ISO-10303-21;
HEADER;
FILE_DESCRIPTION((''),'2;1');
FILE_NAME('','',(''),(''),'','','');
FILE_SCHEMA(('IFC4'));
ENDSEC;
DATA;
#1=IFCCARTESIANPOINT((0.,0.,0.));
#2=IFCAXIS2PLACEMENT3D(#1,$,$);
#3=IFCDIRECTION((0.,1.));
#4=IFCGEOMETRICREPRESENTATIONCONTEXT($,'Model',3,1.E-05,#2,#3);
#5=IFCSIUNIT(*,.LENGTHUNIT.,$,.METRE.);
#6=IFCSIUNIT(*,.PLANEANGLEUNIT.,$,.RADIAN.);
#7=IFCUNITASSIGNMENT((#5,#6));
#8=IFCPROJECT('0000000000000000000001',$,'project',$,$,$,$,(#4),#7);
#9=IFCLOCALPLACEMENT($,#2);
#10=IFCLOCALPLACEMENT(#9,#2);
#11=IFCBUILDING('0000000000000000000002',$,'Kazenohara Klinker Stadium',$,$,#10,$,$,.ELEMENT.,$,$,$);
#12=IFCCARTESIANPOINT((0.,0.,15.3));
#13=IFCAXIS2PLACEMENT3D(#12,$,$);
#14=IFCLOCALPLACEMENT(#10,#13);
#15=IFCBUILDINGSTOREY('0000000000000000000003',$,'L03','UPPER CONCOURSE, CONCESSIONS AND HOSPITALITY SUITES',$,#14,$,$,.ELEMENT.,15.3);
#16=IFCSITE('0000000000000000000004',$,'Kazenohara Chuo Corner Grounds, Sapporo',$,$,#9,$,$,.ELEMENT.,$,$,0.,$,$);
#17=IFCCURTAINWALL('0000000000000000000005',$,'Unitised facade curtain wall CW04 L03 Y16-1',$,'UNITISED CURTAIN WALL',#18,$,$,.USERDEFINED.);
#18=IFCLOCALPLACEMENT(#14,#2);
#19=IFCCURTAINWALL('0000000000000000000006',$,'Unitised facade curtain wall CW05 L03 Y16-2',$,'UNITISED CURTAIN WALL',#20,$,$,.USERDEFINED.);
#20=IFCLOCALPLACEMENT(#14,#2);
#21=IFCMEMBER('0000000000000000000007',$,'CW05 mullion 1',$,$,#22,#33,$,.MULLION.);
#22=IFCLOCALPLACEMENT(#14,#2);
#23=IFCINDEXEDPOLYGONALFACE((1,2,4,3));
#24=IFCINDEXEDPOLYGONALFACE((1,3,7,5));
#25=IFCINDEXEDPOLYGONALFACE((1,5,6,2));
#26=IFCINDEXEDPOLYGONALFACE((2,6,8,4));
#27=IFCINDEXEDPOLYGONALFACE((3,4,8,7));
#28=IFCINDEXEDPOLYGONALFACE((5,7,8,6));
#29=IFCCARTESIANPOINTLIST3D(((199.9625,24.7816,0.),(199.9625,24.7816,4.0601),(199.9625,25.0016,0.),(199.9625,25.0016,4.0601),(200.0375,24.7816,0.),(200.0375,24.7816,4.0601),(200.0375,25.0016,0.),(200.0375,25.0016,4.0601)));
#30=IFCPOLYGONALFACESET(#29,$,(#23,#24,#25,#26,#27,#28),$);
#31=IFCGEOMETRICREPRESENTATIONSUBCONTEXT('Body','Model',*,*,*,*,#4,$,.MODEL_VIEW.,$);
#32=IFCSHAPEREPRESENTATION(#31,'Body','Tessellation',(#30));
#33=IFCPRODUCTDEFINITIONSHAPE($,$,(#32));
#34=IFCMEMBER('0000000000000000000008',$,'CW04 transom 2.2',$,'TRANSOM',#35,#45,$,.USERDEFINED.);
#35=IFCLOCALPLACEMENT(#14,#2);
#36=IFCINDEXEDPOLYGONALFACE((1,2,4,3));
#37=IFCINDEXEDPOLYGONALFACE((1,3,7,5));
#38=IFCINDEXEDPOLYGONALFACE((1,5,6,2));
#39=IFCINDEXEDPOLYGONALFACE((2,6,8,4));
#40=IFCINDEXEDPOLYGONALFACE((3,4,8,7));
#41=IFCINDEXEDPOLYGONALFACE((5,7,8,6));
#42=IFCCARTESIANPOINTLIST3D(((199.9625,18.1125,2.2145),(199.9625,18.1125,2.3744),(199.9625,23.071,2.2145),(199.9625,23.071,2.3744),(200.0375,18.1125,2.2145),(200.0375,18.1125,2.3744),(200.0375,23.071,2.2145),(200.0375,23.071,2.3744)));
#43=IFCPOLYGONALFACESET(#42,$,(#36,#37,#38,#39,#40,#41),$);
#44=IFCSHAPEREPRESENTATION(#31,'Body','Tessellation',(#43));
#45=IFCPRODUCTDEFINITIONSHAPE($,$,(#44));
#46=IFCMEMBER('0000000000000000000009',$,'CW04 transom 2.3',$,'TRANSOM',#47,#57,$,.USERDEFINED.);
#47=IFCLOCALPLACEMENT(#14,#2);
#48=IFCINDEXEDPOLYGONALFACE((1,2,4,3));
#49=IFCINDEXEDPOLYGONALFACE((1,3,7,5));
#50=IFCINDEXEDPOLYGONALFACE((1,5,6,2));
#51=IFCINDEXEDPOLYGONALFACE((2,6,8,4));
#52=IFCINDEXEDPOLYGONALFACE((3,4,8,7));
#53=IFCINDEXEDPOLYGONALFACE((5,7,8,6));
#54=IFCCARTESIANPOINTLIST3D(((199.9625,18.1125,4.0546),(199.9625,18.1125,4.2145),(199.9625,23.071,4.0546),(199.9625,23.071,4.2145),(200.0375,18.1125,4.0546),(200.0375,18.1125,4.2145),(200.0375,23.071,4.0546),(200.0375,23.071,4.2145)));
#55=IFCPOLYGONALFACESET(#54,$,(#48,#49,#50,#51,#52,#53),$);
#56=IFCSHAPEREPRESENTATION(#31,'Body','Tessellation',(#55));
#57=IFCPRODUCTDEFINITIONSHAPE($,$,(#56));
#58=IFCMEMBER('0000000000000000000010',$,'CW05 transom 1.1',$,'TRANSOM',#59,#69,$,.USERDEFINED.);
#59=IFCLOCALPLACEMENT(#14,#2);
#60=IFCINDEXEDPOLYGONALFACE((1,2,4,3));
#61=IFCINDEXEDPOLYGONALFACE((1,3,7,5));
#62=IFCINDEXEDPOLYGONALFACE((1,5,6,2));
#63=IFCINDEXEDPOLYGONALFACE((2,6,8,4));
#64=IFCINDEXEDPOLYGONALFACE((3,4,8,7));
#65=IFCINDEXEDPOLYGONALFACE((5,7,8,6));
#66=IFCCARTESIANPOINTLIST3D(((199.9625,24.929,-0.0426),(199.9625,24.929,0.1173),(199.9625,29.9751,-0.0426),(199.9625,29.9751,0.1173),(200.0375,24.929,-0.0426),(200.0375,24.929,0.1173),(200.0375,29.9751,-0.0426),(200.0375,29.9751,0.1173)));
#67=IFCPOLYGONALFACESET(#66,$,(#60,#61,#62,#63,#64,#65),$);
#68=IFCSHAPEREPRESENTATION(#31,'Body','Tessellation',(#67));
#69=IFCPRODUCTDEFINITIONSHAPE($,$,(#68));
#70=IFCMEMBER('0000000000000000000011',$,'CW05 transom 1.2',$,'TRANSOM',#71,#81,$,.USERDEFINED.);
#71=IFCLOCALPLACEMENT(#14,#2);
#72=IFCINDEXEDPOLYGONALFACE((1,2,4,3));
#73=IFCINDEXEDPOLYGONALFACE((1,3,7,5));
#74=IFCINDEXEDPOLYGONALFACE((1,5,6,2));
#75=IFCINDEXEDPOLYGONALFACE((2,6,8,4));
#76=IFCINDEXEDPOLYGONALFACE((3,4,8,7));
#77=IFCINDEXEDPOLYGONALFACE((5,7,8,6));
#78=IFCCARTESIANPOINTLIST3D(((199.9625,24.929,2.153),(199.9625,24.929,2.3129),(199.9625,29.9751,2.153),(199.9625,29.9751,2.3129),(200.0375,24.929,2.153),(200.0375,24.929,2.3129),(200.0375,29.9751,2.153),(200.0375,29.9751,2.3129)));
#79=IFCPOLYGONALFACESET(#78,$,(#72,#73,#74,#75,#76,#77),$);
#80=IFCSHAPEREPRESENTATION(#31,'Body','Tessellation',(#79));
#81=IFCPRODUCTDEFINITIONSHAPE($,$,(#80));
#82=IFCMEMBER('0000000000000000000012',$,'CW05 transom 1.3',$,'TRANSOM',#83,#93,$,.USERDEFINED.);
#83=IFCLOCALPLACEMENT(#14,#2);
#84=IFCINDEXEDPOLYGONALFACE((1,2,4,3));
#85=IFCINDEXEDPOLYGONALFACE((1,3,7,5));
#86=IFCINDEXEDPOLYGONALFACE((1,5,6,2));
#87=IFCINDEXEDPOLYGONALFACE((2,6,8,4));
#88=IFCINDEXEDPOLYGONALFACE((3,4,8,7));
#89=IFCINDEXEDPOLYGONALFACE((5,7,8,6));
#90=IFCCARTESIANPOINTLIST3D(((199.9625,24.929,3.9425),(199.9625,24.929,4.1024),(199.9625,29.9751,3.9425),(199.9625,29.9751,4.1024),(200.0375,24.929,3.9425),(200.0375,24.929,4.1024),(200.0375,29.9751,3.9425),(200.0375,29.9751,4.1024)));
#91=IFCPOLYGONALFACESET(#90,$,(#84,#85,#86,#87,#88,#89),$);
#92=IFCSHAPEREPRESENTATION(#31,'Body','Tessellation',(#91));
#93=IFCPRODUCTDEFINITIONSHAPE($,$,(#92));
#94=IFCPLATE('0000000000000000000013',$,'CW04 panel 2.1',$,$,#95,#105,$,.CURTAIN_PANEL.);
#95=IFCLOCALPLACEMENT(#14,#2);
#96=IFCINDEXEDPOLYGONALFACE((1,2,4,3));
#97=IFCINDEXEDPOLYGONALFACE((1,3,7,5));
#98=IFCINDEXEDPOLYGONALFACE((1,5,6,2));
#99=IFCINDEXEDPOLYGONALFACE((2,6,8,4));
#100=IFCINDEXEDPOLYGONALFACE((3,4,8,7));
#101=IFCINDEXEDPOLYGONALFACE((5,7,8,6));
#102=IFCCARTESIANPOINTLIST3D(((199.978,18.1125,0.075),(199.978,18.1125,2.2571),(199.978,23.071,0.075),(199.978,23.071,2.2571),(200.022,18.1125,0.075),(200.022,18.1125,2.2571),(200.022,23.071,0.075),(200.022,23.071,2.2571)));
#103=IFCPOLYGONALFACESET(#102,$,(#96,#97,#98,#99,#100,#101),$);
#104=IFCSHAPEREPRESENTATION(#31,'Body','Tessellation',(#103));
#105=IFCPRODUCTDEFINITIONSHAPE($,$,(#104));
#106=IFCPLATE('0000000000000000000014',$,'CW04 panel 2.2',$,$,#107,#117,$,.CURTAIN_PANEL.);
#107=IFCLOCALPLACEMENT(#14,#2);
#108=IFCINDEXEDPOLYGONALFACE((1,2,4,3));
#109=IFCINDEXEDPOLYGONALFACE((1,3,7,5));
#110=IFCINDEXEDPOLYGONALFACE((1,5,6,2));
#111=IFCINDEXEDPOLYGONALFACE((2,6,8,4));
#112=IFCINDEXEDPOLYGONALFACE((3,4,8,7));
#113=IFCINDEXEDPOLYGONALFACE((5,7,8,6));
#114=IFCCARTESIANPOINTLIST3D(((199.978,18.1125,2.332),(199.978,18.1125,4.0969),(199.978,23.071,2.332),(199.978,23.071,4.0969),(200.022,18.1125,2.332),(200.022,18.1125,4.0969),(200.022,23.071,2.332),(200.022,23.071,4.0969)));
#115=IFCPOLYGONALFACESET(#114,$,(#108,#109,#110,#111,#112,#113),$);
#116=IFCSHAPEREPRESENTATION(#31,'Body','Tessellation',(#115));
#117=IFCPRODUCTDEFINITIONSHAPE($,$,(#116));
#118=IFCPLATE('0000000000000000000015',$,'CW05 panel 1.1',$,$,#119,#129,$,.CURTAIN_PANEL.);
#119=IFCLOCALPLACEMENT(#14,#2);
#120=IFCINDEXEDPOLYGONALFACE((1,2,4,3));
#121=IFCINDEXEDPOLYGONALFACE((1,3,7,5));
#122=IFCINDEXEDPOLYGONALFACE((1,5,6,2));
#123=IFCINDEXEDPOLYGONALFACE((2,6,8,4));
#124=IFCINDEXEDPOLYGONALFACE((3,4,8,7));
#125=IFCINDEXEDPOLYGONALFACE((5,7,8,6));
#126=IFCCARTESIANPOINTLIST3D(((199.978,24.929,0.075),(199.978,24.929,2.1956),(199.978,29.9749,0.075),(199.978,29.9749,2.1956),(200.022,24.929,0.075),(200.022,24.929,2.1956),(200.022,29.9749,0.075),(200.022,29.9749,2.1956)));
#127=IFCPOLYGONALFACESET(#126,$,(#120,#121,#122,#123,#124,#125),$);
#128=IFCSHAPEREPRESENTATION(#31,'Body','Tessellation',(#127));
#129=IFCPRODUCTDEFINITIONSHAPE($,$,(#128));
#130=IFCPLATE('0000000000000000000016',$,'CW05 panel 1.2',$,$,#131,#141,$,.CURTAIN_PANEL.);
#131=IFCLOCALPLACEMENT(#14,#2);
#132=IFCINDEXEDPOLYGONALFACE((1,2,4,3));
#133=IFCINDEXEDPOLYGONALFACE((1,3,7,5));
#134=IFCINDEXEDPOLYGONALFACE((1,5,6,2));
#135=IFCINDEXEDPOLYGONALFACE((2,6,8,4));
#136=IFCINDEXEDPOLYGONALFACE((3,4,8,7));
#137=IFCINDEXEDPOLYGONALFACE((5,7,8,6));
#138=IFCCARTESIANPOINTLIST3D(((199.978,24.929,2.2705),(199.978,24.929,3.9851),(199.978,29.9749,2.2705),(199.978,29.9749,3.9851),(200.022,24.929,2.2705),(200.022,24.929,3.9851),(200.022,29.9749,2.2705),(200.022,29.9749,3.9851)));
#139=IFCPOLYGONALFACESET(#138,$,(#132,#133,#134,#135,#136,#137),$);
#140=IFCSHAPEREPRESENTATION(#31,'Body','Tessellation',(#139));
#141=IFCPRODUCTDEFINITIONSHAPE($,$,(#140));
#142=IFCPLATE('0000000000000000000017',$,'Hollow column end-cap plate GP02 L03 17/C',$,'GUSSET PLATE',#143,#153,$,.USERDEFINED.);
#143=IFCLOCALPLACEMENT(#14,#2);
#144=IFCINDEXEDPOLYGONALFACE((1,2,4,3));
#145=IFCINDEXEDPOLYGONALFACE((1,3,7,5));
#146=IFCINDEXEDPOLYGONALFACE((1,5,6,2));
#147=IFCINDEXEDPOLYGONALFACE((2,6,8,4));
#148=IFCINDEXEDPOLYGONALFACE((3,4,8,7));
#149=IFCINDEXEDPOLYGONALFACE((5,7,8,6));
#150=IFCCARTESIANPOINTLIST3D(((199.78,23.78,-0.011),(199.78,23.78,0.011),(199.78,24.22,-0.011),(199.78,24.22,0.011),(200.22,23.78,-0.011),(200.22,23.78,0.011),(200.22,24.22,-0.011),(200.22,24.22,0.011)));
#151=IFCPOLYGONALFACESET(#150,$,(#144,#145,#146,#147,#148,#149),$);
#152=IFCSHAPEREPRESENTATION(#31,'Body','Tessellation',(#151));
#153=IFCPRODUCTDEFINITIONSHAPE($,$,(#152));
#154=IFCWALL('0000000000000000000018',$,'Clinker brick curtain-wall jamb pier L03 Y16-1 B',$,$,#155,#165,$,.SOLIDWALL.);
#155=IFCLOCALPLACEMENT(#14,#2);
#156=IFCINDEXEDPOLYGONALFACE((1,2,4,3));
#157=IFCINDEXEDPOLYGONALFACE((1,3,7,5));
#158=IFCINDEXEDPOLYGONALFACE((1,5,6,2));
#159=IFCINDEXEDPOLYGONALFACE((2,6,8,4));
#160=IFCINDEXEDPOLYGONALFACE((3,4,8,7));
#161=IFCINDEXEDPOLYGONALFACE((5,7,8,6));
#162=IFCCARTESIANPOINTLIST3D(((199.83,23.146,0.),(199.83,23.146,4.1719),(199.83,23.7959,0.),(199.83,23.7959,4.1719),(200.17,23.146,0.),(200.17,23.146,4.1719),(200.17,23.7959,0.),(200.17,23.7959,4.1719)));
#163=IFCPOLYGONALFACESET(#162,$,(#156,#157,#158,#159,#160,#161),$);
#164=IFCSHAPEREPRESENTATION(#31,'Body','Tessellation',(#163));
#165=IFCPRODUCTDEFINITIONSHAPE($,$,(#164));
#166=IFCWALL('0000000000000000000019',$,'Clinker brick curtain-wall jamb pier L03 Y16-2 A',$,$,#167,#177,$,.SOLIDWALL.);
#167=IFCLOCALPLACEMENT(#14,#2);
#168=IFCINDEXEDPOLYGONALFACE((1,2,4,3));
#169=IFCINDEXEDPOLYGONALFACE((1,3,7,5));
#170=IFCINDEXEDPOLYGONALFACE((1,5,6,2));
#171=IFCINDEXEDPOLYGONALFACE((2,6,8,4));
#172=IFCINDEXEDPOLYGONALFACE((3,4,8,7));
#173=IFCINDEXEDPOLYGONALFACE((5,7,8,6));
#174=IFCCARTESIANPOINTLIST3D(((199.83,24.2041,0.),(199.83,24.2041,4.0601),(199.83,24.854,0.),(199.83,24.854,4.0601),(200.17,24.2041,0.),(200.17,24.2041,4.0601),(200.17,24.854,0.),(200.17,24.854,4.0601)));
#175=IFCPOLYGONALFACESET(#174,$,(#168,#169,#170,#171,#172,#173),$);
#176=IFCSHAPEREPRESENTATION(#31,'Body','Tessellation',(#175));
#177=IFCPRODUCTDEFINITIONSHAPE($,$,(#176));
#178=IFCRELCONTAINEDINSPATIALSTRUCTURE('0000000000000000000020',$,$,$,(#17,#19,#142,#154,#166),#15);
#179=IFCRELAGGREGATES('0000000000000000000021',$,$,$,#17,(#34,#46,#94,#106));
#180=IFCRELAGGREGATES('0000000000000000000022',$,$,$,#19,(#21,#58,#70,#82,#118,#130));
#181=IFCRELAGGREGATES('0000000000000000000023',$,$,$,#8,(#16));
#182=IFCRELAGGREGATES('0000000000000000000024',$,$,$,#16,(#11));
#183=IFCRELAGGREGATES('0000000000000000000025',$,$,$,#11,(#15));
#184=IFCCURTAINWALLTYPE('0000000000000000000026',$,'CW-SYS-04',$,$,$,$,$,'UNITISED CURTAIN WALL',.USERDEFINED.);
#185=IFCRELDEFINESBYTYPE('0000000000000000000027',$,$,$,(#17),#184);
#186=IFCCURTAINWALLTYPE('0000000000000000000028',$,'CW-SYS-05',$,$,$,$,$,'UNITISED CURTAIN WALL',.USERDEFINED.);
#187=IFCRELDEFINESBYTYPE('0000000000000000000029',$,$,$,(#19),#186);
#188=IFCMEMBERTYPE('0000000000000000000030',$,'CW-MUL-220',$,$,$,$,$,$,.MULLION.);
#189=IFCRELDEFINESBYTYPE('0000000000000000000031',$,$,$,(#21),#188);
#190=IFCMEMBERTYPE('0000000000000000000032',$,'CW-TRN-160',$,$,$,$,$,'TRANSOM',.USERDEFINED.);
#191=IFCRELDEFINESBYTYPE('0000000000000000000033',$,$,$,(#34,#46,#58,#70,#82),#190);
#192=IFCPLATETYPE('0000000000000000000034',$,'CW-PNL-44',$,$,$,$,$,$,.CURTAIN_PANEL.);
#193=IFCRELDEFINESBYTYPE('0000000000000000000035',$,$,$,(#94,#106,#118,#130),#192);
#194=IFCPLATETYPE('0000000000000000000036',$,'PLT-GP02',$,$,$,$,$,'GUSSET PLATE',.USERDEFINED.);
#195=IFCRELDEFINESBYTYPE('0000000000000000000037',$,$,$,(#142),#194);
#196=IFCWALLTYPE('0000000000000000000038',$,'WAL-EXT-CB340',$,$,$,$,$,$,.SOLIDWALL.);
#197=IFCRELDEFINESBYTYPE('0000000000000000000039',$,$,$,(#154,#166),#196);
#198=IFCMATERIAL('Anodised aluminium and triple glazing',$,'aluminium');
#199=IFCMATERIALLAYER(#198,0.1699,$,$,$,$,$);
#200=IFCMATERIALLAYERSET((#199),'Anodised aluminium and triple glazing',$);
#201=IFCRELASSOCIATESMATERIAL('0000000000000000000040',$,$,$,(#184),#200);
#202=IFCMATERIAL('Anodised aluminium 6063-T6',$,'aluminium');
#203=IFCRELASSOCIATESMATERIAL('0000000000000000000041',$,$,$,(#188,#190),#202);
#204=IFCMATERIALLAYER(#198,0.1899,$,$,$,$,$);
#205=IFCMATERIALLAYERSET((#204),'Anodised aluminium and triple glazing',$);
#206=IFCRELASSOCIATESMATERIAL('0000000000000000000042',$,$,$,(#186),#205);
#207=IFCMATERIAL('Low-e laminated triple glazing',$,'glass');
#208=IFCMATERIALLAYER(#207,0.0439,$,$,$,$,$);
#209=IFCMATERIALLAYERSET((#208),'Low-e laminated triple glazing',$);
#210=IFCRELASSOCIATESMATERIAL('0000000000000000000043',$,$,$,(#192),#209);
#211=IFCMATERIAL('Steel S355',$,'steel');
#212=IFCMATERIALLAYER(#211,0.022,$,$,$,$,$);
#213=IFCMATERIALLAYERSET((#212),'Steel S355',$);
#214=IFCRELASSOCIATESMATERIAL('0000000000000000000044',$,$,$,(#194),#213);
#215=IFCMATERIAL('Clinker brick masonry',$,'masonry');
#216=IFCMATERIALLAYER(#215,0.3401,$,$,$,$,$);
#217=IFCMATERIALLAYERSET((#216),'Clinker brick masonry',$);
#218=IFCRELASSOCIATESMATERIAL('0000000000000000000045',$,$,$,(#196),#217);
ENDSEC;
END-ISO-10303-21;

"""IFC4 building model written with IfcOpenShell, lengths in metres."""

from ifc_helpers import new_model, si_unit, direction, frame, frame_2d, origin, origin_2d, place, context, subcontext, project, spatial, rectangle, extrude, material, layer, layer_set, material_profile, profile_set, type_object, element, aggregate, save


model = new_model("IFC4")

# Units and contexts
model_context = context("Model", 3, precision=1e-05, world=origin(), true_north=direction((0.0, 1.0)))
body_context = subcontext(model_context, "Body", "Model", "MODEL_VIEW")
ifc_project = project(units=[si_unit("LENGTHUNIT", "METRE"), si_unit("PLANEANGLEUNIT", "RADIAN")], contexts=[model_context])

# Site, building, storey
site_placement = place(None, origin())
site = spatial("IfcSite", under=ifc_project, at=site_placement, Name="Kazenohara Chuo Corner Grounds, Sapporo", CompositionType="ELEMENT", RefElevation=0.0)
building_placement = place(site_placement, origin())
building = spatial("IfcBuilding", under=site, at=building_placement, Name="Kazenohara Klinker Stadium", CompositionType="ELEMENT")
storey_placement = place(building_placement, frame((0.0, 0.0, 15.3)))
storey = spatial("IfcBuildingStorey", under=building, at=storey_placement, Name="L03", Description="UPPER CONCOURSE, CONCESSIONS AND HOSPITALITY SUITES", CompositionType="ELEMENT", Elevation=15.3)

# Shared definitions
ifc_material_1 = material(Name="Steel S355", Category="steel")

# Curtain walls, member
ifc_material_2 = material(Name="Anodised aluminium and triple glazing", Category="aluminium")
ifc_layer_1 = layer(ifc_material_2, 0.1699)
ifc_layer_set_1 = layer_set([ifc_layer_1], Name="Anodised aluminium and triple glazing")
curtain_wall_type_1 = type_object("IfcCurtainWallType", Name="CW-SYS-04", ElementType="UNITISED CURTAIN WALL", PredefinedType="USERDEFINED", material=ifc_layer_set_1)
curtain_wall_1_placement = place(storey_placement, origin())
curtain_wall_1 = element("IfcCurtainWall", 1, at=curtain_wall_1_placement, inside=storey, type_object=curtain_wall_type_1, Name="Unitised facade curtain wall CW04 L03 Y16-1", ObjectType="UNITISED CURTAIN WALL", PredefinedType="USERDEFINED")
ifc_material_3 = material(Name="Anodised aluminium 6063-T6", Category="aluminium")
ifc_material_profile_1 = material_profile(ifc_material_3, rectangle(XDim=0.075, YDim=0.22, at=origin_2d()), Name="ALU-MUL-75x220")
ifc_profile_set_1 = profile_set([ifc_material_profile_1], Name="Anodised aluminium 6063-T6")
member_type_1 = type_object("IfcMemberType", Name="CW-MUL-220", PredefinedType="MULLION", material=ifc_profile_set_1)
ifc_layer_2 = layer(ifc_material_2, 0.1899)
ifc_layer_set_2 = layer_set([ifc_layer_2], Name="Anodised aluminium and triple glazing")
curtain_wall_type_2 = type_object("IfcCurtainWallType", Name="CW-SYS-05", ElementType="UNITISED CURTAIN WALL", PredefinedType="USERDEFINED", material=ifc_layer_set_2)
curtain_wall_2_placement = place(storey_placement, origin())
curtain_wall_2 = element("IfcCurtainWall", 2, at=curtain_wall_2_placement, inside=storey, type_object=curtain_wall_type_2, Name="Unitised facade curtain wall CW05 L03 Y16-2", ObjectType="UNITISED CURTAIN WALL", PredefinedType="USERDEFINED")
member_1_placement = place(storey_placement, frame((200.0, 24.8916, 0.0), z_axis=(0.0, 0.0, 1.0), x_axis=(-1.0, 0.0, 0.0)))
member_1 = element("IfcMember", 3, at=member_1_placement, type_object=member_type_1, Name="CW05 mullion 1", PredefinedType="MULLION", context=body_context, shape_type="SweptSolid", body=[
    extrude(rectangle(XDim=0.075, YDim=0.22, at=origin_2d()), origin(), (0.0, 0.0, 1.0), 4.0601),
])

# Members
ifc_material_profile_2 = material_profile(ifc_material_3, rectangle(XDim=0.075, YDim=0.1599, at=origin_2d()), Name="ALU-TRN-75x160")
ifc_profile_set_2 = profile_set([ifc_material_profile_2], Name="Anodised aluminium 6063-T6")
member_type_2 = type_object("IfcMemberType", Name="CW-TRN-160", ElementType="TRANSOM", PredefinedType="USERDEFINED", material=ifc_profile_set_2)
member_2_placement = place(storey_placement, frame((200.0, 18.1125, 2.2944), z_axis=(0.0, 1.0, 0.0), x_axis=(-1.0, 0.0, 0.0)))
member_2 = element("IfcMember", 4, at=member_2_placement, type_object=member_type_2, Name="CW04 transom 2.2", ObjectType="TRANSOM", PredefinedType="USERDEFINED", context=body_context, shape_type="SweptSolid", body=[
    extrude(rectangle(XDim=0.075, YDim=0.1599, at=origin_2d()), origin(), (0.0, 0.0, 1.0), 4.9585),
])
member_3_placement = place(storey_placement, frame((200.0, 18.1125, 4.1345), z_axis=(0.0, 1.0, 0.0), x_axis=(-1.0, 0.0, 0.0)))
member_3 = element("IfcMember", 5, at=member_3_placement, type_object=member_type_2, Name="CW04 transom 2.3", ObjectType="TRANSOM", PredefinedType="USERDEFINED", context=body_context, shape_type="SweptSolid", body=[
    extrude(rectangle(XDim=0.075, YDim=0.1599, at=origin_2d()), origin(), (0.0, 0.0, 1.0), 4.9585),
])
member_4_placement = place(storey_placement, frame((200.0, 24.929, 0.0374), z_axis=(0.0, 1.0, 0.0), x_axis=(-1.0, 0.0, 0.0)))
member_4 = element("IfcMember", 6, at=member_4_placement, type_object=member_type_2, Name="CW05 transom 1.1", ObjectType="TRANSOM", PredefinedType="USERDEFINED", context=body_context, shape_type="SweptSolid", body=[
    extrude(rectangle(XDim=0.075, YDim=0.1599, at=origin_2d()), origin(), (0.0, 0.0, 1.0), 5.0461),
])
member_5_placement = place(storey_placement, frame((200.0, 24.929, 2.2329), z_axis=(0.0, 1.0, 0.0), x_axis=(-1.0, 0.0, 0.0)))
member_5 = element("IfcMember", 7, at=member_5_placement, type_object=member_type_2, Name="CW05 transom 1.2", ObjectType="TRANSOM", PredefinedType="USERDEFINED", context=body_context, shape_type="SweptSolid", body=[
    extrude(rectangle(XDim=0.075, YDim=0.1599, at=origin_2d()), origin(), (0.0, 0.0, 1.0), 5.0461),
])
member_6_placement = place(storey_placement, frame((200.0, 24.929, 4.0225), z_axis=(0.0, 1.0, 0.0), x_axis=(-1.0, 0.0, 0.0)))
member_6 = element("IfcMember", 8, at=member_6_placement, type_object=member_type_2, Name="CW05 transom 1.3", ObjectType="TRANSOM", PredefinedType="USERDEFINED", context=body_context, shape_type="SweptSolid", body=[
    extrude(rectangle(XDim=0.075, YDim=0.1599, at=origin_2d()), origin(), (0.0, 0.0, 1.0), 5.0461),
])

# Plates
ifc_material_4 = material(Name="Low-e laminated triple glazing", Category="glass")
ifc_layer_3 = layer(ifc_material_4, 0.0439)
ifc_layer_set_3 = layer_set([ifc_layer_3], Name="Low-e laminated triple glazing")
plate_type_1 = type_object("IfcPlateType", Name="CW-PNL-44", PredefinedType="CURTAIN_PANEL", material=ifc_layer_set_3)
plate_1_placement = place(storey_placement, frame((200.0, 20.5918, 0.075), z_axis=(0.0, 0.0, 1.0), x_axis=(0.0, 1.0, 0.0)))
plate_1 = element("IfcPlate", 9, at=plate_1_placement, type_object=plate_type_1, Name="CW04 panel 2.1", PredefinedType="CURTAIN_PANEL", context=body_context, shape_type="SweptSolid", body=[
    extrude(rectangle(XDim=4.9585, YDim=0.0439, at=origin_2d()), origin(), (0.0, 0.0, 1.0), 2.1821),
])
plate_2_placement = place(storey_placement, frame((200.0, 20.5918, 2.332), z_axis=(0.0, 0.0, 1.0), x_axis=(0.0, 1.0, 0.0)))
plate_2 = element("IfcPlate", 10, at=plate_2_placement, type_object=plate_type_1, Name="CW04 panel 2.2", PredefinedType="CURTAIN_PANEL", context=body_context, shape_type="SweptSolid", body=[
    extrude(rectangle(XDim=4.9585, YDim=0.0439, at=origin_2d()), origin(), (0.0, 0.0, 1.0), 1.7649),
])
aggregate(curtain_wall_1, [member_2, member_3, plate_1, plate_2])
plate_3_placement = place(storey_placement, frame((200.0, 27.4519, 0.075), z_axis=(0.0, 0.0, 1.0), x_axis=(0.0, 1.0, 0.0)))
plate_3 = element("IfcPlate", 11, at=plate_3_placement, type_object=plate_type_1, Name="CW05 panel 1.1", PredefinedType="CURTAIN_PANEL", context=body_context, shape_type="SweptSolid", body=[
    extrude(rectangle(XDim=5.0459, YDim=0.0439, at=origin_2d()), origin(), (0.0, 0.0, 1.0), 2.1206),
])
plate_4_placement = place(storey_placement, frame((200.0, 27.4519, 2.2705), z_axis=(0.0, 0.0, 1.0), x_axis=(0.0, 1.0, 0.0)))
plate_4 = element("IfcPlate", 12, at=plate_4_placement, type_object=plate_type_1, Name="CW05 panel 1.2", PredefinedType="CURTAIN_PANEL", context=body_context, shape_type="SweptSolid", body=[
    extrude(rectangle(XDim=5.0459, YDim=0.0439, at=origin_2d()), origin(), (0.0, 0.0, 1.0), 1.7146),
])
aggregate(curtain_wall_2, [member_1, member_4, member_5, member_6, plate_3, plate_4])
ifc_layer_4 = layer(ifc_material_1, 0.022)
ifc_layer_set_4 = layer_set([ifc_layer_4], Name="Steel S355")
plate_type_2 = type_object("IfcPlateType", Name="PLT-GP02", ElementType="GUSSET PLATE", PredefinedType="USERDEFINED", material=ifc_layer_set_4)
plate_5_placement = place(storey_placement, frame((200.0, 24.0, -0.011), z_axis=(0.0, 0.0, 1.0), x_axis=(1.0, 0.0, 0.0)))
element("IfcPlate", 13, at=plate_5_placement, inside=storey, type_object=plate_type_2, Name="Hollow column end-cap plate GP02 L03 17/C", ObjectType="GUSSET PLATE", PredefinedType="USERDEFINED", context=body_context, shape_type="SweptSolid", body=[
    extrude(rectangle(XDim=0.4399, YDim=0.4399, at=origin_2d()), origin(), (0.0, 0.0, 1.0), 0.022),
])

# Walls
ifc_material_5 = material(Name="Clinker brick masonry", Category="masonry")
ifc_layer_5 = layer(ifc_material_5, 0.3401)
ifc_layer_set_5 = layer_set([ifc_layer_5], Name="Clinker brick masonry")
wall_type = type_object("IfcWallType", Name="WAL-EXT-CB340", PredefinedType="SOLIDWALL", material=ifc_layer_set_5)
wall_1_placement = place(storey_placement, frame((200.0, 23.146, 0.0), z_axis=(0.0, 0.0, 1.0), x_axis=(0.0, 1.0, 0.0)))
element("IfcWall", 14, at=wall_1_placement, inside=storey, type_object=wall_type, Name="Clinker brick curtain-wall jamb pier L03 Y16-1 B", PredefinedType="SOLIDWALL", context=body_context, shape_type="SweptSolid", body=[
    extrude(rectangle(XDim=0.6499, YDim=0.3401, at=frame_2d((0.325, 0.0))), origin(), (0.0, 0.0, 1.0), 4.1719),
])
wall_2_placement = place(storey_placement, frame((200.0, 24.2041, 0.0), z_axis=(0.0, 0.0, 1.0), x_axis=(0.0, 1.0, 0.0)))
element("IfcWall", 15, at=wall_2_placement, inside=storey, type_object=wall_type, Name="Clinker brick curtain-wall jamb pier L03 Y16-2 A", PredefinedType="SOLIDWALL", context=body_context, shape_type="SweptSolid", body=[
    extrude(rectangle(XDim=0.6499, YDim=0.3401, at=frame_2d((0.325, 0.0))), origin(), (0.0, 0.0, 1.0), 4.0601),
])

save(model, "model.ifc")
